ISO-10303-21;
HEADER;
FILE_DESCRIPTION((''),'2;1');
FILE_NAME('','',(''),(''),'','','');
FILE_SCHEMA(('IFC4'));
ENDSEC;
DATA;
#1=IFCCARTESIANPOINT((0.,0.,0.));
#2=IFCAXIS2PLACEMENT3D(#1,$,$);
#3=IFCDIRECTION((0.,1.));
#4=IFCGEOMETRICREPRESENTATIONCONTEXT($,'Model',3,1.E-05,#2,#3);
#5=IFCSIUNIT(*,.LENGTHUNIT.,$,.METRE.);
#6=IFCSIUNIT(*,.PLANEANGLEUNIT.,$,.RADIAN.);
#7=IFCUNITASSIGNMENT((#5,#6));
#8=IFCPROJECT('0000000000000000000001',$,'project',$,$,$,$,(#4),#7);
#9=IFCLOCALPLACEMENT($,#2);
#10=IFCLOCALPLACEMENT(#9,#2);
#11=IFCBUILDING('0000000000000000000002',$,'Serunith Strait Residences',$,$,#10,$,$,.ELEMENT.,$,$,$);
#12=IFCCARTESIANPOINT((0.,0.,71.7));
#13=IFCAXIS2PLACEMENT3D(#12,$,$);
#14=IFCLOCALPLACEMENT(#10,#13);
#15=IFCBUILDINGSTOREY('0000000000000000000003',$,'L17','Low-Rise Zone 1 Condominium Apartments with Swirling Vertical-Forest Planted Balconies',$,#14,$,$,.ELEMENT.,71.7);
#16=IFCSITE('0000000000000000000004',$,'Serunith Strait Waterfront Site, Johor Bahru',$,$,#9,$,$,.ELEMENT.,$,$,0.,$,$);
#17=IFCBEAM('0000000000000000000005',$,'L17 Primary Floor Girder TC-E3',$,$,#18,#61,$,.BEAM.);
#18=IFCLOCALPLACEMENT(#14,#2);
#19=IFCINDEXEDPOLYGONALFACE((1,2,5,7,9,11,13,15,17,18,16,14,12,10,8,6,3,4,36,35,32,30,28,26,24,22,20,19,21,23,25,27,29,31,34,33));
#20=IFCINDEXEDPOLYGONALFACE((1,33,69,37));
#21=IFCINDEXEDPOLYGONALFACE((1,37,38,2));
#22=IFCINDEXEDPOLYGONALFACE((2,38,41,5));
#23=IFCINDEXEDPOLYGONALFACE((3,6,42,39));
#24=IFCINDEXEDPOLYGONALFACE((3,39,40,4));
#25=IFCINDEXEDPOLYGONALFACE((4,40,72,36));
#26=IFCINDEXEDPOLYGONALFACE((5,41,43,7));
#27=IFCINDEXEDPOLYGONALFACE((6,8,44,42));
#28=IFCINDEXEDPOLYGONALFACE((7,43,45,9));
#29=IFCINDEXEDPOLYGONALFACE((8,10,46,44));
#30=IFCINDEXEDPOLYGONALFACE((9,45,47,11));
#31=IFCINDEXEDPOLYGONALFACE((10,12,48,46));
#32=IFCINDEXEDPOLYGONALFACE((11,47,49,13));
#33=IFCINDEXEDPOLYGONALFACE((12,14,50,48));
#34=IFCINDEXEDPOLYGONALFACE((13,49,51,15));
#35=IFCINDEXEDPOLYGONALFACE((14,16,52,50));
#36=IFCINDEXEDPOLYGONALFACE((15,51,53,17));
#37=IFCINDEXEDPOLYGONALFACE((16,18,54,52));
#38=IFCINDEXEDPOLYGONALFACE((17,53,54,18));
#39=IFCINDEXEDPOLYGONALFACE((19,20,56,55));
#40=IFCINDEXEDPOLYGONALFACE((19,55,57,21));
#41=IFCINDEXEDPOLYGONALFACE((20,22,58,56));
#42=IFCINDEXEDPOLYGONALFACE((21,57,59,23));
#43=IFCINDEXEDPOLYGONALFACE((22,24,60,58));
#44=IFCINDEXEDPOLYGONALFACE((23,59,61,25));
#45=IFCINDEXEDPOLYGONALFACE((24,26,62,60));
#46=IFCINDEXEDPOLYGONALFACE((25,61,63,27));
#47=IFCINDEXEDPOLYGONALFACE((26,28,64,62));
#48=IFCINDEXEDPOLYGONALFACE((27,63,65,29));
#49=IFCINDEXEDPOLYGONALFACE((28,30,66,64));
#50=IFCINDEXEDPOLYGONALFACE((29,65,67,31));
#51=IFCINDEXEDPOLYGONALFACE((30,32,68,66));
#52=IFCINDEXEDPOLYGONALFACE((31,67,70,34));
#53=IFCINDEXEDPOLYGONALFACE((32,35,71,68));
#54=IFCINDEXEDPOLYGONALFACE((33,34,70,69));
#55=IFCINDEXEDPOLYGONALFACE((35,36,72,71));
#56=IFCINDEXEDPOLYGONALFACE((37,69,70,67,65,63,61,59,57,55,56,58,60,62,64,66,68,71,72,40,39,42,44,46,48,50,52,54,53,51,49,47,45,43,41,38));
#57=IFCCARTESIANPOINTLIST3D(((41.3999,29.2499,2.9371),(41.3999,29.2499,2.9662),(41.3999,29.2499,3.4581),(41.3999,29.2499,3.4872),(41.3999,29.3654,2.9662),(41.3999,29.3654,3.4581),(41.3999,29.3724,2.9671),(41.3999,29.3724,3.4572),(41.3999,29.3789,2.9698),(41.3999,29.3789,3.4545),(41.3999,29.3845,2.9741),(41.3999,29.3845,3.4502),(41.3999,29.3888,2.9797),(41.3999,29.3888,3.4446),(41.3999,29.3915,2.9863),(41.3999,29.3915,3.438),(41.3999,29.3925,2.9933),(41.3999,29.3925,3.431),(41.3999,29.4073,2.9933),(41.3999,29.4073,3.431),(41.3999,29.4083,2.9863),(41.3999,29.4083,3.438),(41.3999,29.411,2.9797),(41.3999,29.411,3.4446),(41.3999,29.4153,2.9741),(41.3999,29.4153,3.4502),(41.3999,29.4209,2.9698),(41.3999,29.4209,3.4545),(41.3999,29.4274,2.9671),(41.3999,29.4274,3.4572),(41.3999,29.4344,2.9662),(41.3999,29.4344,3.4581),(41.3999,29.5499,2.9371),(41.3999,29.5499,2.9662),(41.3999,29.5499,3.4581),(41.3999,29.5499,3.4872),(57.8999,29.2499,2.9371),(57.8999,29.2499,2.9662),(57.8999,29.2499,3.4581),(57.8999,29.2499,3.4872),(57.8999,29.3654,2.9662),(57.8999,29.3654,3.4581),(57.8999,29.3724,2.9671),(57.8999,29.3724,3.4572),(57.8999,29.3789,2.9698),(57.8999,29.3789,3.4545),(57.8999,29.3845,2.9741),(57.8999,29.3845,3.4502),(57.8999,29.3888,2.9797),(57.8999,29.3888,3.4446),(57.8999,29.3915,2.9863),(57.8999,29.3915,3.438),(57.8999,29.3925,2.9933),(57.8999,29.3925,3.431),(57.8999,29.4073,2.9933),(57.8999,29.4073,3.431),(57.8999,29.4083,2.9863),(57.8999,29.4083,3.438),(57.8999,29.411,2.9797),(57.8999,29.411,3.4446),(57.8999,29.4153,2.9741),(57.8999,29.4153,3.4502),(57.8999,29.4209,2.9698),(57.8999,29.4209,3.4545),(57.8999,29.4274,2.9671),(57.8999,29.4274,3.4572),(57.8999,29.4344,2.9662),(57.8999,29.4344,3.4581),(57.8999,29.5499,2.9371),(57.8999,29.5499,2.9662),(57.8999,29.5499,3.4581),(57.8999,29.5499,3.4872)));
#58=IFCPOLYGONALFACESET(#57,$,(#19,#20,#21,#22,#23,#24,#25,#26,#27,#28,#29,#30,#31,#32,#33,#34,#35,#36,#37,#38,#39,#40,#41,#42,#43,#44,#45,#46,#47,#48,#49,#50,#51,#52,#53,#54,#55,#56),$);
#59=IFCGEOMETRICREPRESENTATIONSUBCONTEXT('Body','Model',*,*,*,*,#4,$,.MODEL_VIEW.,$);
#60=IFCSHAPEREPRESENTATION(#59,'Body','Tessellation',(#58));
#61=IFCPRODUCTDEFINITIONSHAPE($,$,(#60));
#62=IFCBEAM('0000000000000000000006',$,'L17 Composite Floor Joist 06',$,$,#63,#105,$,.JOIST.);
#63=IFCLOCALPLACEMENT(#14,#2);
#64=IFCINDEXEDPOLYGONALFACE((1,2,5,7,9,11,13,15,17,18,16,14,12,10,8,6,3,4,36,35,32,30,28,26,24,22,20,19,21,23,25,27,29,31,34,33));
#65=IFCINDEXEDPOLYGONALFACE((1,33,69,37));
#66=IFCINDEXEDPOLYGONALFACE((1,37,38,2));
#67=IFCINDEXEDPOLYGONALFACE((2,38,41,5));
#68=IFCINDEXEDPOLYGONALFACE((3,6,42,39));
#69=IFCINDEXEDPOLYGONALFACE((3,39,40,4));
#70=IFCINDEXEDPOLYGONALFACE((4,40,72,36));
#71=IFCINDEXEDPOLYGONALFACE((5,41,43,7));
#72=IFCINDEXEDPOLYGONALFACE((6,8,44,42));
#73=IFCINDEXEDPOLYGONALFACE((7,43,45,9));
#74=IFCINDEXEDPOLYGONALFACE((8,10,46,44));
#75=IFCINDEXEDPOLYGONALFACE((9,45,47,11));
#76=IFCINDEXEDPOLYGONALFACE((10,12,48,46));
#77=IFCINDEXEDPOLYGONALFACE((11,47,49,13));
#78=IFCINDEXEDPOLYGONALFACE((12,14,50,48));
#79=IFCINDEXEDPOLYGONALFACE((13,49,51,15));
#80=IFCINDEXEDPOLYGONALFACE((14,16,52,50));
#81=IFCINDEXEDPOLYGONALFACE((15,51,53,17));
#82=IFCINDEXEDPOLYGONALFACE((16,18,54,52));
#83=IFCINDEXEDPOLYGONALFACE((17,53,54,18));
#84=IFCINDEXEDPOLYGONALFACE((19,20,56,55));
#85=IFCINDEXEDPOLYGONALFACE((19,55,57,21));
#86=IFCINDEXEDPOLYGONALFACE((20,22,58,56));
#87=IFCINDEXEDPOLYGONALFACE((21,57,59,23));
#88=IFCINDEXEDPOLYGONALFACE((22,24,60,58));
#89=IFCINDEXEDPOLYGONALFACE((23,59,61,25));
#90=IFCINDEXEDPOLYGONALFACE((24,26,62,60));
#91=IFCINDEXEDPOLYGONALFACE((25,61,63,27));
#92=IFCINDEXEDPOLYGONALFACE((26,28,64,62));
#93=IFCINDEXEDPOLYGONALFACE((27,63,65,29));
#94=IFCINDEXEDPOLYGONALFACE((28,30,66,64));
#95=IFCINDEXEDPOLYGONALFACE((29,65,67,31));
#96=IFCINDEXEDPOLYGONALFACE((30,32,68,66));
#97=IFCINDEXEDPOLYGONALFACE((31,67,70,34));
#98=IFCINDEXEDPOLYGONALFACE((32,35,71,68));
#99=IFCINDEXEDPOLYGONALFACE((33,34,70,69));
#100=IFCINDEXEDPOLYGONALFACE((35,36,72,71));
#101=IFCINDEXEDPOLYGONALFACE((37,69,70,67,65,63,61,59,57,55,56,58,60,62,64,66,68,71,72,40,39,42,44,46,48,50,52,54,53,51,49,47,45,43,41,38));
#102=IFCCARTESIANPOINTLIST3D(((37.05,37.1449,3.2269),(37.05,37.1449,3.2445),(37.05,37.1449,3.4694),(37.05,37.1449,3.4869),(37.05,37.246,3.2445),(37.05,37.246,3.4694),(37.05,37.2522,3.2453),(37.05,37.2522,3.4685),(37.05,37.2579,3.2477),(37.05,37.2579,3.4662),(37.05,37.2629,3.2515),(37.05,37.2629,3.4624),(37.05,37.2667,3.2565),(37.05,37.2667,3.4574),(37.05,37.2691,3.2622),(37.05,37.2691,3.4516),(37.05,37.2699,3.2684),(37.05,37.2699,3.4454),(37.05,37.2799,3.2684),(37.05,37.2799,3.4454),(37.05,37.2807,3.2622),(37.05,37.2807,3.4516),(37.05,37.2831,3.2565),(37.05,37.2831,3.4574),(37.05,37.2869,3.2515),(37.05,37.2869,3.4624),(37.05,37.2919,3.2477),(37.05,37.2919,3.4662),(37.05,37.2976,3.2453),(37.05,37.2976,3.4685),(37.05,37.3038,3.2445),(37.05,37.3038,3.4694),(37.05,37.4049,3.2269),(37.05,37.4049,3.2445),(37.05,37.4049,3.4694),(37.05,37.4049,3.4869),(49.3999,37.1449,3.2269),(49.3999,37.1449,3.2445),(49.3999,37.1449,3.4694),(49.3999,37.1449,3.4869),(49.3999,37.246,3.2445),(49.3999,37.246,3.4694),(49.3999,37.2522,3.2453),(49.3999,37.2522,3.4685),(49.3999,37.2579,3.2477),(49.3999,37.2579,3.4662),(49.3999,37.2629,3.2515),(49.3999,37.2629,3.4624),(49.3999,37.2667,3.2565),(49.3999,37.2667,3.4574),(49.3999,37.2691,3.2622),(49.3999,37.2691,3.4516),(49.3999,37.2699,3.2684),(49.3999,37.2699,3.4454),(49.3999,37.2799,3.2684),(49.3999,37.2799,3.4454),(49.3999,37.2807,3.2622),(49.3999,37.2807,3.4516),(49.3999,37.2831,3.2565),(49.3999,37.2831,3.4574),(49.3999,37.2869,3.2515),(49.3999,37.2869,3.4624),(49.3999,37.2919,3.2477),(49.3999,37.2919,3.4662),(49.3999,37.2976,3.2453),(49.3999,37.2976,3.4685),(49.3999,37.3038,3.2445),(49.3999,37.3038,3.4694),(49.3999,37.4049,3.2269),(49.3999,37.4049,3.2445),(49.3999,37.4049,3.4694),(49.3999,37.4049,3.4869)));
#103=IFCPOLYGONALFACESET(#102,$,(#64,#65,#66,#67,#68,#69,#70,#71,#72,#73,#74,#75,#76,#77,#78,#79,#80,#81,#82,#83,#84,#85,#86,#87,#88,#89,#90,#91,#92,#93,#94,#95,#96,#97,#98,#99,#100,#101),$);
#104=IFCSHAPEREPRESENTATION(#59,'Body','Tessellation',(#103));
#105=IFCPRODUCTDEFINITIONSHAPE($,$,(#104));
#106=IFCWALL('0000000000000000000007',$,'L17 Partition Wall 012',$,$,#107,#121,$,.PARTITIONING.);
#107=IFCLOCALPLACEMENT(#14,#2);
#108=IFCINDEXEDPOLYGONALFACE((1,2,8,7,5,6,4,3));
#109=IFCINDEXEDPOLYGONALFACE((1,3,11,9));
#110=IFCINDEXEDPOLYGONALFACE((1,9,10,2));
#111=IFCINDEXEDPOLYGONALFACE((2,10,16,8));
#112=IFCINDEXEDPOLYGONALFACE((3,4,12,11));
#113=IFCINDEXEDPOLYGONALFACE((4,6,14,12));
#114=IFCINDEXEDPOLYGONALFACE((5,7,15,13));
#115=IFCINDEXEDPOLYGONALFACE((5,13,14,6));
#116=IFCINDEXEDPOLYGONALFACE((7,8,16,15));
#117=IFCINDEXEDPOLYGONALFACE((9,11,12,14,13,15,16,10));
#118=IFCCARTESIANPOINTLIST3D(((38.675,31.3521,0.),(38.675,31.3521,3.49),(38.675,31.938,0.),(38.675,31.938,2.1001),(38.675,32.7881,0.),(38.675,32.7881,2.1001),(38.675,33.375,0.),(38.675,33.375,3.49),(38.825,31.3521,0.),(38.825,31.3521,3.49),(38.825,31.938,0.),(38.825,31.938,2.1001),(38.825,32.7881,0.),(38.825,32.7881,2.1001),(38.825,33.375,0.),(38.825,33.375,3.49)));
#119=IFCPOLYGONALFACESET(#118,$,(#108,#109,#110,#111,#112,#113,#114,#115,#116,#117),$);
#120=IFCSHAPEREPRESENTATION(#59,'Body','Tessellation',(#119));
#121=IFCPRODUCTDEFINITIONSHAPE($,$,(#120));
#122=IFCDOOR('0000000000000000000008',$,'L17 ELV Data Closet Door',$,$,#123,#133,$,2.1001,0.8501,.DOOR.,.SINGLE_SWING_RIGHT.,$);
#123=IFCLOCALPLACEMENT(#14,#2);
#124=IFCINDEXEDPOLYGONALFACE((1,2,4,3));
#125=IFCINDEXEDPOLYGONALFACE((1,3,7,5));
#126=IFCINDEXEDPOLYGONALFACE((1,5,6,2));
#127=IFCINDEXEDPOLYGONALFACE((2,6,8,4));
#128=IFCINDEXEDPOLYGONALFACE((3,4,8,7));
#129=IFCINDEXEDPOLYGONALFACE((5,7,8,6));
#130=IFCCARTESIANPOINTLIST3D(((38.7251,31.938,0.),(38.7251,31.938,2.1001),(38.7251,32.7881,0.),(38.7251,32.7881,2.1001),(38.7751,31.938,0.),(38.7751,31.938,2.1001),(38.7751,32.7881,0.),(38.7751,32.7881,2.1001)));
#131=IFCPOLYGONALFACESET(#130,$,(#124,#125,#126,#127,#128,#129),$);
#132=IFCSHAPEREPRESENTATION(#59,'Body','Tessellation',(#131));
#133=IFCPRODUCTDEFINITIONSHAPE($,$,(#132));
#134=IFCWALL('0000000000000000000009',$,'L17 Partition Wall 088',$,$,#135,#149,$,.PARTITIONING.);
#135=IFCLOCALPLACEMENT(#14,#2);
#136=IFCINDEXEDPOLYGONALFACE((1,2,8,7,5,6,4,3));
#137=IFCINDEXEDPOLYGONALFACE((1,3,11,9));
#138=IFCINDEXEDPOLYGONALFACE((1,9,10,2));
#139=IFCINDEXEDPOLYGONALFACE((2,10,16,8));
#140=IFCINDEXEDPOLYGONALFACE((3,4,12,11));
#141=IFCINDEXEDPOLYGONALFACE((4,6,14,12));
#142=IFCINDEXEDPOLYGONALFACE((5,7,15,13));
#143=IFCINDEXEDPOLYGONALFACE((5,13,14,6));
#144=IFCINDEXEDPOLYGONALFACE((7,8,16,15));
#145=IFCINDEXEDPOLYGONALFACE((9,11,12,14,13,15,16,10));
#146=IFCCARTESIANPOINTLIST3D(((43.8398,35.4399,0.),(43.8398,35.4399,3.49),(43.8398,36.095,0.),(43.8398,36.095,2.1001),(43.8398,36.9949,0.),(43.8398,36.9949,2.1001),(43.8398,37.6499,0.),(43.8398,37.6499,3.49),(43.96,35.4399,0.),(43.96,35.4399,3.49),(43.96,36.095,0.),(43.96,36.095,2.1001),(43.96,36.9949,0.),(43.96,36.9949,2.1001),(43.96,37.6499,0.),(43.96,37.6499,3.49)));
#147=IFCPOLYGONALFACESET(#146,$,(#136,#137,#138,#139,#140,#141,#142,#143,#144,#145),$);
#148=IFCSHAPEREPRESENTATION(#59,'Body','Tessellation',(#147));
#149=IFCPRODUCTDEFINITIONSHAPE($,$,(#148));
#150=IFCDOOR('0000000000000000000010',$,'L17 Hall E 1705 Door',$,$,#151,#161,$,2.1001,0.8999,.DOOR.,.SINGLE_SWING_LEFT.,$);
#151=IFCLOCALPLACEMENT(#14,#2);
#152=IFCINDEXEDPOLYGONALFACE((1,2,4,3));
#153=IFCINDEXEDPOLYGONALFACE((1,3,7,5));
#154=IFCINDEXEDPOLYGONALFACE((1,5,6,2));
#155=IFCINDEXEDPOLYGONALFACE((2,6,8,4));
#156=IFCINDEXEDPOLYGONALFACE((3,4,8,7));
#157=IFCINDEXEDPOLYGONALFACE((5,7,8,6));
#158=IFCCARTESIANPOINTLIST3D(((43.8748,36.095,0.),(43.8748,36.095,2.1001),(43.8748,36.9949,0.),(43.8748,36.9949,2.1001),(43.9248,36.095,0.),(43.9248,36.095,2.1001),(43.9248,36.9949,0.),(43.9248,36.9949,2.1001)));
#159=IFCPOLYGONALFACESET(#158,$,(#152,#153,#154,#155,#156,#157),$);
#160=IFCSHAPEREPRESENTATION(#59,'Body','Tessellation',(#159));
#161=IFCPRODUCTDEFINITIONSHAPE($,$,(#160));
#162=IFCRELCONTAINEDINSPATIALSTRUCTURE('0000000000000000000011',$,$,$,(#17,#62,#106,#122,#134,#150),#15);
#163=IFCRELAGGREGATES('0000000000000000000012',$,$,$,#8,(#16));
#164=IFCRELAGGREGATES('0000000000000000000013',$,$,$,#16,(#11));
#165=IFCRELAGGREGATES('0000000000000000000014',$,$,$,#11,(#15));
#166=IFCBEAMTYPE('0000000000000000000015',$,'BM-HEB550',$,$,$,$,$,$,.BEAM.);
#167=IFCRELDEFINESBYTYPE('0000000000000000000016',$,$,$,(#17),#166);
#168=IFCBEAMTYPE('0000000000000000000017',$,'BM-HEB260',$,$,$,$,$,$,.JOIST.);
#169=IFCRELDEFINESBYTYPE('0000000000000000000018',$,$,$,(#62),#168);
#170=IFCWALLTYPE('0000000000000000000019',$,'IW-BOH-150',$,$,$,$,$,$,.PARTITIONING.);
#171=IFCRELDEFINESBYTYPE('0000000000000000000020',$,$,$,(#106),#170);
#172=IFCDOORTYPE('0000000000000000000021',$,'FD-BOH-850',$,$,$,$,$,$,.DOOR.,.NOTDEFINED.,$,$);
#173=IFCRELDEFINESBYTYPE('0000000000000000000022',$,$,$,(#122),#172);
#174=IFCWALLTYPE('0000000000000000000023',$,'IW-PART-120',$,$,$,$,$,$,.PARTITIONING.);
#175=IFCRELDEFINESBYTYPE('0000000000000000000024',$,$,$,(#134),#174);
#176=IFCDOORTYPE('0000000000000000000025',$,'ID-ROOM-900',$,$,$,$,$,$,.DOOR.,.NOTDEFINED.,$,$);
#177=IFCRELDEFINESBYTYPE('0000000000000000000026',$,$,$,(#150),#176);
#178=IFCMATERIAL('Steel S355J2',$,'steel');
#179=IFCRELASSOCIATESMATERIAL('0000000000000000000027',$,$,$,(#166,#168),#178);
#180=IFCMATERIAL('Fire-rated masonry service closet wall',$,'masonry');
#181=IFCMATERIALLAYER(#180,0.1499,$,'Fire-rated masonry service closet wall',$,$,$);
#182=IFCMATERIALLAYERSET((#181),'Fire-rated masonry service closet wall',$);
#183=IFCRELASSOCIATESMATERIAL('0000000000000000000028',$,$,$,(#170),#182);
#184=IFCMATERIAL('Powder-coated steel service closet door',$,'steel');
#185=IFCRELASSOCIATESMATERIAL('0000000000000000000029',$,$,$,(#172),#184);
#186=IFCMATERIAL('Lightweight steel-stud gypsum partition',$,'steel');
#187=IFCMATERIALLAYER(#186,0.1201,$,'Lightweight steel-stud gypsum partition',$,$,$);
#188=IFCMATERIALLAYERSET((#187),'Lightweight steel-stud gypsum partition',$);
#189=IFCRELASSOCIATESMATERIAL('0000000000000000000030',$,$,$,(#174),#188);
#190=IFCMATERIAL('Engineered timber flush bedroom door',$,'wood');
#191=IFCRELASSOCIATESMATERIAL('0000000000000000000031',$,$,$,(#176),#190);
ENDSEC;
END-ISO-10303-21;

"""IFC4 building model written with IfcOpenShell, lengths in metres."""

from ifc_helpers import new_model, si_unit, direction, frame, frame_2d, origin, origin_2d, place, context, subcontext, project, spatial, rectangle, i_section, extrude, source, transform, mapped, material, layer, layer_set, material_profile, profile_set, type_object, element, fill, save


model = new_model("IFC4")

# Units and contexts
model_context = context("Model", 3, precision=1e-05, world=origin(), true_north=direction((0.0, 1.0)))
body_context = subcontext(model_context, "Body", "Model", "MODEL_VIEW")
ifc_project = project(units=[si_unit("LENGTHUNIT", "METRE"), si_unit("PLANEANGLEUNIT", "RADIAN")], contexts=[model_context])

# Site, building, storey
site_placement = place(None, origin())
site = spatial("IfcSite", under=ifc_project, at=site_placement, Name="Serunith Strait Waterfront Site, Johor Bahru", CompositionType="ELEMENT", RefElevation=0.0)
building_placement = place(site_placement, origin())
building = spatial("IfcBuilding", under=site, at=building_placement, Name="Serunith Strait Residences", CompositionType="ELEMENT")
storey_placement = place(building_placement, frame((0.0, 0.0, 71.7)))
storey = spatial("IfcBuildingStorey", under=building, at=storey_placement, Name="L17", Description="Low-Rise Zone 1 Condominium Apartments with Swirling Vertical-Forest Planted Balconies", CompositionType="ELEMENT", Elevation=71.7)

# Beams
ifc_material_1 = material(Name="Steel S355J2", Category="steel")
ifc_material_profile_1 = material_profile(ifc_material_1, i_section(OverallWidth=0.3, OverallDepth=0.55, WebThickness=0.0149, FlangeThickness=0.0291, FilletRadius=0.0271, at=origin_2d()), Name="HEB 550")
ifc_profile_set_1 = profile_set([ifc_material_profile_1], Name="Steel S355J2")
beam_type_1 = type_object("IfcBeamType", Name="BM-HEB550", PredefinedType="BEAM", material=ifc_profile_set_1)
shared_shape_1 = source(origin(), body_context, "Body", "SweptSolid", [
    extrude(i_section(OverallWidth=0.3, OverallDepth=0.55, WebThickness=0.0149, FlangeThickness=0.0291, FilletRadius=0.0271, at=origin_2d()), origin(), (0.0, 0.0, 1.0), 16.5),
])
beam_1_placement = place(storey_placement, frame((41.3999, 29.3999, 3.2122), z_axis=(1.0, 0.0, 0.0), x_axis=(0.0, 1.0, 0.0)))
element("IfcBeam", 1, at=beam_1_placement, inside=storey, type_object=beam_type_1, Name="L17 Primary Floor Girder TC-E3", PredefinedType="BEAM", context=body_context, shape_type="MappedRepresentation", body=[
    mapped(shared_shape_1, transform((0.0, 0.0, 0.0), scale=1.0)),
])
ifc_material_profile_2 = material_profile(ifc_material_1, i_section(OverallWidth=0.26, OverallDepth=0.26, WebThickness=0.01, FlangeThickness=0.0176, FilletRadius=0.0239, at=origin_2d()), Name="HEB 260")
ifc_profile_set_2 = profile_set([ifc_material_profile_2], Name="Steel S355J2")
beam_type_2 = type_object("IfcBeamType", Name="BM-HEB260", PredefinedType="JOIST", material=ifc_profile_set_2)
shared_shape_2 = source(origin(), body_context, "Body", "SweptSolid", [
    extrude(i_section(OverallWidth=0.26, OverallDepth=0.26, WebThickness=0.01, FlangeThickness=0.0176, FilletRadius=0.0239, at=origin_2d()), origin(), (0.0, 0.0, 1.0), 12.3499),
])
beam_2_placement = place(storey_placement, frame((37.05, 37.2749, 3.3569), z_axis=(1.0, 0.0, 0.0), x_axis=(0.0, 1.0, 0.0)))
element("IfcBeam", 2, at=beam_2_placement, inside=storey, type_object=beam_type_2, Name="L17 Composite Floor Joist 06", PredefinedType="JOIST", context=body_context, shape_type="MappedRepresentation", body=[
    mapped(shared_shape_2, transform((0.0, 0.0, 0.0), scale=1.0)),
])

# Walls, openings, doors
ifc_material_2 = material(Name="Fire-rated masonry service closet wall", Category="masonry")
ifc_layer_1 = layer(ifc_material_2, 0.1499, Name="Fire-rated masonry service closet wall")
ifc_layer_set_1 = layer_set([ifc_layer_1], Name="Fire-rated masonry service closet wall")
wall_type_1 = type_object("IfcWallType", Name="IW-BOH-150", PredefinedType="PARTITIONING", material=ifc_layer_set_1)
wall_1_placement = place(storey_placement, frame((38.75, 31.3521, 0.0), z_axis=(0.0, 0.0, 1.0), x_axis=(0.0, 1.0, 0.0)))
wall_1 = element("IfcWall", 3, at=wall_1_placement, inside=storey, type_object=wall_type_1, Name="L17 Partition Wall 012", PredefinedType="PARTITIONING", context=body_context, shape_type="SweptSolid", body=[
    extrude(rectangle(XDim=2.0229, YDim=0.1499, at=frame_2d((1.0115, 0.0))), origin(), (0.0, 0.0, 1.0), 3.49),
])
opening_1_placement = place(wall_1_placement, frame((0.5859, 0.0, 0.0)))
opening_1 = element("IfcOpeningElement", 4, at=opening_1_placement, cuts=wall_1, PredefinedType="OPENING", context=body_context, shape_type="SweptSolid", body=[
    extrude(rectangle(XDim=0.8501, YDim=2.1001, at=frame_2d((0.425, 1.05))), frame((0.0, 0.085, 0.0), z_axis=(0.0, -1.0, 0.0), x_axis=(1.0, 0.0, 0.0)), (0.0, 0.0, 1.0), 0.1699),
])
ifc_material_3 = material(Name="Powder-coated steel service closet door", Category="steel")
door_type_1 = type_object("IfcDoorType", Name="FD-BOH-850", OperationType="NOTDEFINED", PredefinedType="DOOR", material=ifc_material_3)
shared_shape_3 = source(origin(), body_context, "Body", "SweptSolid", [
    extrude(rectangle(XDim=0.8501, YDim=2.1001, at=frame_2d((0.425, 1.05))), frame((0.0, 0.0249, 0.0), z_axis=(0.0, -1.0, 0.0), x_axis=(1.0, 0.0, 0.0)), (0.0, 0.0, 1.0), 0.05),
])
door_1_placement = place(opening_1_placement, origin())
door_1 = element("IfcDoor", 5, at=door_1_placement, inside=storey, type_object=door_type_1, Name="L17 ELV Data Closet Door", OperationType="SINGLE_SWING_RIGHT", OverallHeight=2.1001, OverallWidth=0.8501, PredefinedType="DOOR", context=body_context, shape_type="MappedRepresentation", body=[
    mapped(shared_shape_3, transform((0.0, 0.0, 0.0), scale=1.0)),
])
fill(opening_1, door_1)
ifc_material_4 = material(Name="Lightweight steel-stud gypsum partition", Category="steel")
ifc_layer_2 = layer(ifc_material_4, 0.1201, Name="Lightweight steel-stud gypsum partition")
ifc_layer_set_2 = layer_set([ifc_layer_2], Name="Lightweight steel-stud gypsum partition")
wall_type_2 = type_object("IfcWallType", Name="IW-PART-120", PredefinedType="PARTITIONING", material=ifc_layer_set_2)
wall_2_placement = place(storey_placement, frame((43.8999, 37.6499, 0.0), z_axis=(0.0, 0.0, 1.0), x_axis=(0.0, -1.0, 0.0)))
wall_2 = element("IfcWall", 6, at=wall_2_placement, inside=storey, type_object=wall_type_2, Name="L17 Partition Wall 088", PredefinedType="PARTITIONING", context=body_context, shape_type="SweptSolid", body=[
    extrude(rectangle(XDim=2.21, YDim=0.1201, at=frame_2d((1.105, 0.0))), origin(), (0.0, 0.0, 1.0), 3.49),
])
opening_2_placement = place(wall_2_placement, frame((0.655, 0.0, 0.0)))
opening_2 = element("IfcOpeningElement", 7, at=opening_2_placement, cuts=wall_2, PredefinedType="OPENING", context=body_context, shape_type="SweptSolid", body=[
    extrude(rectangle(XDim=0.8999, YDim=2.1001, at=frame_2d((0.45, 1.05))), frame((0.0, 0.0701, 0.0), z_axis=(0.0, -1.0, 0.0), x_axis=(1.0, 0.0, 0.0)), (0.0, 0.0, 1.0), 0.1401),
])
ifc_material_5 = material(Name="Engineered timber flush bedroom door", Category="wood")
door_type_2 = type_object("IfcDoorType", Name="ID-ROOM-900", OperationType="NOTDEFINED", PredefinedType="DOOR", material=ifc_material_5)
shared_shape_4 = source(origin(), body_context, "Body", "SweptSolid", [
    extrude(rectangle(XDim=0.8999, YDim=2.1001, at=frame_2d((0.45, 1.05))), frame((0.0, 0.0249, 0.0), z_axis=(0.0, -1.0, 0.0), x_axis=(1.0, 0.0, 0.0)), (0.0, 0.0, 1.0), 0.05),
])
door_2_placement = place(opening_2_placement, origin())
door_2 = element("IfcDoor", 8, at=door_2_placement, inside=storey, type_object=door_type_2, Name="L17 Hall E 1705 Door", OperationType="SINGLE_SWING_LEFT", OverallHeight=2.1001, OverallWidth=0.8999, PredefinedType="DOOR", context=body_context, shape_type="MappedRepresentation", body=[
    mapped(shared_shape_4, transform((0.0, 0.0, 0.0), scale=1.0)),
])
fill(opening_2, door_2)

save(model, "model.ifc")
